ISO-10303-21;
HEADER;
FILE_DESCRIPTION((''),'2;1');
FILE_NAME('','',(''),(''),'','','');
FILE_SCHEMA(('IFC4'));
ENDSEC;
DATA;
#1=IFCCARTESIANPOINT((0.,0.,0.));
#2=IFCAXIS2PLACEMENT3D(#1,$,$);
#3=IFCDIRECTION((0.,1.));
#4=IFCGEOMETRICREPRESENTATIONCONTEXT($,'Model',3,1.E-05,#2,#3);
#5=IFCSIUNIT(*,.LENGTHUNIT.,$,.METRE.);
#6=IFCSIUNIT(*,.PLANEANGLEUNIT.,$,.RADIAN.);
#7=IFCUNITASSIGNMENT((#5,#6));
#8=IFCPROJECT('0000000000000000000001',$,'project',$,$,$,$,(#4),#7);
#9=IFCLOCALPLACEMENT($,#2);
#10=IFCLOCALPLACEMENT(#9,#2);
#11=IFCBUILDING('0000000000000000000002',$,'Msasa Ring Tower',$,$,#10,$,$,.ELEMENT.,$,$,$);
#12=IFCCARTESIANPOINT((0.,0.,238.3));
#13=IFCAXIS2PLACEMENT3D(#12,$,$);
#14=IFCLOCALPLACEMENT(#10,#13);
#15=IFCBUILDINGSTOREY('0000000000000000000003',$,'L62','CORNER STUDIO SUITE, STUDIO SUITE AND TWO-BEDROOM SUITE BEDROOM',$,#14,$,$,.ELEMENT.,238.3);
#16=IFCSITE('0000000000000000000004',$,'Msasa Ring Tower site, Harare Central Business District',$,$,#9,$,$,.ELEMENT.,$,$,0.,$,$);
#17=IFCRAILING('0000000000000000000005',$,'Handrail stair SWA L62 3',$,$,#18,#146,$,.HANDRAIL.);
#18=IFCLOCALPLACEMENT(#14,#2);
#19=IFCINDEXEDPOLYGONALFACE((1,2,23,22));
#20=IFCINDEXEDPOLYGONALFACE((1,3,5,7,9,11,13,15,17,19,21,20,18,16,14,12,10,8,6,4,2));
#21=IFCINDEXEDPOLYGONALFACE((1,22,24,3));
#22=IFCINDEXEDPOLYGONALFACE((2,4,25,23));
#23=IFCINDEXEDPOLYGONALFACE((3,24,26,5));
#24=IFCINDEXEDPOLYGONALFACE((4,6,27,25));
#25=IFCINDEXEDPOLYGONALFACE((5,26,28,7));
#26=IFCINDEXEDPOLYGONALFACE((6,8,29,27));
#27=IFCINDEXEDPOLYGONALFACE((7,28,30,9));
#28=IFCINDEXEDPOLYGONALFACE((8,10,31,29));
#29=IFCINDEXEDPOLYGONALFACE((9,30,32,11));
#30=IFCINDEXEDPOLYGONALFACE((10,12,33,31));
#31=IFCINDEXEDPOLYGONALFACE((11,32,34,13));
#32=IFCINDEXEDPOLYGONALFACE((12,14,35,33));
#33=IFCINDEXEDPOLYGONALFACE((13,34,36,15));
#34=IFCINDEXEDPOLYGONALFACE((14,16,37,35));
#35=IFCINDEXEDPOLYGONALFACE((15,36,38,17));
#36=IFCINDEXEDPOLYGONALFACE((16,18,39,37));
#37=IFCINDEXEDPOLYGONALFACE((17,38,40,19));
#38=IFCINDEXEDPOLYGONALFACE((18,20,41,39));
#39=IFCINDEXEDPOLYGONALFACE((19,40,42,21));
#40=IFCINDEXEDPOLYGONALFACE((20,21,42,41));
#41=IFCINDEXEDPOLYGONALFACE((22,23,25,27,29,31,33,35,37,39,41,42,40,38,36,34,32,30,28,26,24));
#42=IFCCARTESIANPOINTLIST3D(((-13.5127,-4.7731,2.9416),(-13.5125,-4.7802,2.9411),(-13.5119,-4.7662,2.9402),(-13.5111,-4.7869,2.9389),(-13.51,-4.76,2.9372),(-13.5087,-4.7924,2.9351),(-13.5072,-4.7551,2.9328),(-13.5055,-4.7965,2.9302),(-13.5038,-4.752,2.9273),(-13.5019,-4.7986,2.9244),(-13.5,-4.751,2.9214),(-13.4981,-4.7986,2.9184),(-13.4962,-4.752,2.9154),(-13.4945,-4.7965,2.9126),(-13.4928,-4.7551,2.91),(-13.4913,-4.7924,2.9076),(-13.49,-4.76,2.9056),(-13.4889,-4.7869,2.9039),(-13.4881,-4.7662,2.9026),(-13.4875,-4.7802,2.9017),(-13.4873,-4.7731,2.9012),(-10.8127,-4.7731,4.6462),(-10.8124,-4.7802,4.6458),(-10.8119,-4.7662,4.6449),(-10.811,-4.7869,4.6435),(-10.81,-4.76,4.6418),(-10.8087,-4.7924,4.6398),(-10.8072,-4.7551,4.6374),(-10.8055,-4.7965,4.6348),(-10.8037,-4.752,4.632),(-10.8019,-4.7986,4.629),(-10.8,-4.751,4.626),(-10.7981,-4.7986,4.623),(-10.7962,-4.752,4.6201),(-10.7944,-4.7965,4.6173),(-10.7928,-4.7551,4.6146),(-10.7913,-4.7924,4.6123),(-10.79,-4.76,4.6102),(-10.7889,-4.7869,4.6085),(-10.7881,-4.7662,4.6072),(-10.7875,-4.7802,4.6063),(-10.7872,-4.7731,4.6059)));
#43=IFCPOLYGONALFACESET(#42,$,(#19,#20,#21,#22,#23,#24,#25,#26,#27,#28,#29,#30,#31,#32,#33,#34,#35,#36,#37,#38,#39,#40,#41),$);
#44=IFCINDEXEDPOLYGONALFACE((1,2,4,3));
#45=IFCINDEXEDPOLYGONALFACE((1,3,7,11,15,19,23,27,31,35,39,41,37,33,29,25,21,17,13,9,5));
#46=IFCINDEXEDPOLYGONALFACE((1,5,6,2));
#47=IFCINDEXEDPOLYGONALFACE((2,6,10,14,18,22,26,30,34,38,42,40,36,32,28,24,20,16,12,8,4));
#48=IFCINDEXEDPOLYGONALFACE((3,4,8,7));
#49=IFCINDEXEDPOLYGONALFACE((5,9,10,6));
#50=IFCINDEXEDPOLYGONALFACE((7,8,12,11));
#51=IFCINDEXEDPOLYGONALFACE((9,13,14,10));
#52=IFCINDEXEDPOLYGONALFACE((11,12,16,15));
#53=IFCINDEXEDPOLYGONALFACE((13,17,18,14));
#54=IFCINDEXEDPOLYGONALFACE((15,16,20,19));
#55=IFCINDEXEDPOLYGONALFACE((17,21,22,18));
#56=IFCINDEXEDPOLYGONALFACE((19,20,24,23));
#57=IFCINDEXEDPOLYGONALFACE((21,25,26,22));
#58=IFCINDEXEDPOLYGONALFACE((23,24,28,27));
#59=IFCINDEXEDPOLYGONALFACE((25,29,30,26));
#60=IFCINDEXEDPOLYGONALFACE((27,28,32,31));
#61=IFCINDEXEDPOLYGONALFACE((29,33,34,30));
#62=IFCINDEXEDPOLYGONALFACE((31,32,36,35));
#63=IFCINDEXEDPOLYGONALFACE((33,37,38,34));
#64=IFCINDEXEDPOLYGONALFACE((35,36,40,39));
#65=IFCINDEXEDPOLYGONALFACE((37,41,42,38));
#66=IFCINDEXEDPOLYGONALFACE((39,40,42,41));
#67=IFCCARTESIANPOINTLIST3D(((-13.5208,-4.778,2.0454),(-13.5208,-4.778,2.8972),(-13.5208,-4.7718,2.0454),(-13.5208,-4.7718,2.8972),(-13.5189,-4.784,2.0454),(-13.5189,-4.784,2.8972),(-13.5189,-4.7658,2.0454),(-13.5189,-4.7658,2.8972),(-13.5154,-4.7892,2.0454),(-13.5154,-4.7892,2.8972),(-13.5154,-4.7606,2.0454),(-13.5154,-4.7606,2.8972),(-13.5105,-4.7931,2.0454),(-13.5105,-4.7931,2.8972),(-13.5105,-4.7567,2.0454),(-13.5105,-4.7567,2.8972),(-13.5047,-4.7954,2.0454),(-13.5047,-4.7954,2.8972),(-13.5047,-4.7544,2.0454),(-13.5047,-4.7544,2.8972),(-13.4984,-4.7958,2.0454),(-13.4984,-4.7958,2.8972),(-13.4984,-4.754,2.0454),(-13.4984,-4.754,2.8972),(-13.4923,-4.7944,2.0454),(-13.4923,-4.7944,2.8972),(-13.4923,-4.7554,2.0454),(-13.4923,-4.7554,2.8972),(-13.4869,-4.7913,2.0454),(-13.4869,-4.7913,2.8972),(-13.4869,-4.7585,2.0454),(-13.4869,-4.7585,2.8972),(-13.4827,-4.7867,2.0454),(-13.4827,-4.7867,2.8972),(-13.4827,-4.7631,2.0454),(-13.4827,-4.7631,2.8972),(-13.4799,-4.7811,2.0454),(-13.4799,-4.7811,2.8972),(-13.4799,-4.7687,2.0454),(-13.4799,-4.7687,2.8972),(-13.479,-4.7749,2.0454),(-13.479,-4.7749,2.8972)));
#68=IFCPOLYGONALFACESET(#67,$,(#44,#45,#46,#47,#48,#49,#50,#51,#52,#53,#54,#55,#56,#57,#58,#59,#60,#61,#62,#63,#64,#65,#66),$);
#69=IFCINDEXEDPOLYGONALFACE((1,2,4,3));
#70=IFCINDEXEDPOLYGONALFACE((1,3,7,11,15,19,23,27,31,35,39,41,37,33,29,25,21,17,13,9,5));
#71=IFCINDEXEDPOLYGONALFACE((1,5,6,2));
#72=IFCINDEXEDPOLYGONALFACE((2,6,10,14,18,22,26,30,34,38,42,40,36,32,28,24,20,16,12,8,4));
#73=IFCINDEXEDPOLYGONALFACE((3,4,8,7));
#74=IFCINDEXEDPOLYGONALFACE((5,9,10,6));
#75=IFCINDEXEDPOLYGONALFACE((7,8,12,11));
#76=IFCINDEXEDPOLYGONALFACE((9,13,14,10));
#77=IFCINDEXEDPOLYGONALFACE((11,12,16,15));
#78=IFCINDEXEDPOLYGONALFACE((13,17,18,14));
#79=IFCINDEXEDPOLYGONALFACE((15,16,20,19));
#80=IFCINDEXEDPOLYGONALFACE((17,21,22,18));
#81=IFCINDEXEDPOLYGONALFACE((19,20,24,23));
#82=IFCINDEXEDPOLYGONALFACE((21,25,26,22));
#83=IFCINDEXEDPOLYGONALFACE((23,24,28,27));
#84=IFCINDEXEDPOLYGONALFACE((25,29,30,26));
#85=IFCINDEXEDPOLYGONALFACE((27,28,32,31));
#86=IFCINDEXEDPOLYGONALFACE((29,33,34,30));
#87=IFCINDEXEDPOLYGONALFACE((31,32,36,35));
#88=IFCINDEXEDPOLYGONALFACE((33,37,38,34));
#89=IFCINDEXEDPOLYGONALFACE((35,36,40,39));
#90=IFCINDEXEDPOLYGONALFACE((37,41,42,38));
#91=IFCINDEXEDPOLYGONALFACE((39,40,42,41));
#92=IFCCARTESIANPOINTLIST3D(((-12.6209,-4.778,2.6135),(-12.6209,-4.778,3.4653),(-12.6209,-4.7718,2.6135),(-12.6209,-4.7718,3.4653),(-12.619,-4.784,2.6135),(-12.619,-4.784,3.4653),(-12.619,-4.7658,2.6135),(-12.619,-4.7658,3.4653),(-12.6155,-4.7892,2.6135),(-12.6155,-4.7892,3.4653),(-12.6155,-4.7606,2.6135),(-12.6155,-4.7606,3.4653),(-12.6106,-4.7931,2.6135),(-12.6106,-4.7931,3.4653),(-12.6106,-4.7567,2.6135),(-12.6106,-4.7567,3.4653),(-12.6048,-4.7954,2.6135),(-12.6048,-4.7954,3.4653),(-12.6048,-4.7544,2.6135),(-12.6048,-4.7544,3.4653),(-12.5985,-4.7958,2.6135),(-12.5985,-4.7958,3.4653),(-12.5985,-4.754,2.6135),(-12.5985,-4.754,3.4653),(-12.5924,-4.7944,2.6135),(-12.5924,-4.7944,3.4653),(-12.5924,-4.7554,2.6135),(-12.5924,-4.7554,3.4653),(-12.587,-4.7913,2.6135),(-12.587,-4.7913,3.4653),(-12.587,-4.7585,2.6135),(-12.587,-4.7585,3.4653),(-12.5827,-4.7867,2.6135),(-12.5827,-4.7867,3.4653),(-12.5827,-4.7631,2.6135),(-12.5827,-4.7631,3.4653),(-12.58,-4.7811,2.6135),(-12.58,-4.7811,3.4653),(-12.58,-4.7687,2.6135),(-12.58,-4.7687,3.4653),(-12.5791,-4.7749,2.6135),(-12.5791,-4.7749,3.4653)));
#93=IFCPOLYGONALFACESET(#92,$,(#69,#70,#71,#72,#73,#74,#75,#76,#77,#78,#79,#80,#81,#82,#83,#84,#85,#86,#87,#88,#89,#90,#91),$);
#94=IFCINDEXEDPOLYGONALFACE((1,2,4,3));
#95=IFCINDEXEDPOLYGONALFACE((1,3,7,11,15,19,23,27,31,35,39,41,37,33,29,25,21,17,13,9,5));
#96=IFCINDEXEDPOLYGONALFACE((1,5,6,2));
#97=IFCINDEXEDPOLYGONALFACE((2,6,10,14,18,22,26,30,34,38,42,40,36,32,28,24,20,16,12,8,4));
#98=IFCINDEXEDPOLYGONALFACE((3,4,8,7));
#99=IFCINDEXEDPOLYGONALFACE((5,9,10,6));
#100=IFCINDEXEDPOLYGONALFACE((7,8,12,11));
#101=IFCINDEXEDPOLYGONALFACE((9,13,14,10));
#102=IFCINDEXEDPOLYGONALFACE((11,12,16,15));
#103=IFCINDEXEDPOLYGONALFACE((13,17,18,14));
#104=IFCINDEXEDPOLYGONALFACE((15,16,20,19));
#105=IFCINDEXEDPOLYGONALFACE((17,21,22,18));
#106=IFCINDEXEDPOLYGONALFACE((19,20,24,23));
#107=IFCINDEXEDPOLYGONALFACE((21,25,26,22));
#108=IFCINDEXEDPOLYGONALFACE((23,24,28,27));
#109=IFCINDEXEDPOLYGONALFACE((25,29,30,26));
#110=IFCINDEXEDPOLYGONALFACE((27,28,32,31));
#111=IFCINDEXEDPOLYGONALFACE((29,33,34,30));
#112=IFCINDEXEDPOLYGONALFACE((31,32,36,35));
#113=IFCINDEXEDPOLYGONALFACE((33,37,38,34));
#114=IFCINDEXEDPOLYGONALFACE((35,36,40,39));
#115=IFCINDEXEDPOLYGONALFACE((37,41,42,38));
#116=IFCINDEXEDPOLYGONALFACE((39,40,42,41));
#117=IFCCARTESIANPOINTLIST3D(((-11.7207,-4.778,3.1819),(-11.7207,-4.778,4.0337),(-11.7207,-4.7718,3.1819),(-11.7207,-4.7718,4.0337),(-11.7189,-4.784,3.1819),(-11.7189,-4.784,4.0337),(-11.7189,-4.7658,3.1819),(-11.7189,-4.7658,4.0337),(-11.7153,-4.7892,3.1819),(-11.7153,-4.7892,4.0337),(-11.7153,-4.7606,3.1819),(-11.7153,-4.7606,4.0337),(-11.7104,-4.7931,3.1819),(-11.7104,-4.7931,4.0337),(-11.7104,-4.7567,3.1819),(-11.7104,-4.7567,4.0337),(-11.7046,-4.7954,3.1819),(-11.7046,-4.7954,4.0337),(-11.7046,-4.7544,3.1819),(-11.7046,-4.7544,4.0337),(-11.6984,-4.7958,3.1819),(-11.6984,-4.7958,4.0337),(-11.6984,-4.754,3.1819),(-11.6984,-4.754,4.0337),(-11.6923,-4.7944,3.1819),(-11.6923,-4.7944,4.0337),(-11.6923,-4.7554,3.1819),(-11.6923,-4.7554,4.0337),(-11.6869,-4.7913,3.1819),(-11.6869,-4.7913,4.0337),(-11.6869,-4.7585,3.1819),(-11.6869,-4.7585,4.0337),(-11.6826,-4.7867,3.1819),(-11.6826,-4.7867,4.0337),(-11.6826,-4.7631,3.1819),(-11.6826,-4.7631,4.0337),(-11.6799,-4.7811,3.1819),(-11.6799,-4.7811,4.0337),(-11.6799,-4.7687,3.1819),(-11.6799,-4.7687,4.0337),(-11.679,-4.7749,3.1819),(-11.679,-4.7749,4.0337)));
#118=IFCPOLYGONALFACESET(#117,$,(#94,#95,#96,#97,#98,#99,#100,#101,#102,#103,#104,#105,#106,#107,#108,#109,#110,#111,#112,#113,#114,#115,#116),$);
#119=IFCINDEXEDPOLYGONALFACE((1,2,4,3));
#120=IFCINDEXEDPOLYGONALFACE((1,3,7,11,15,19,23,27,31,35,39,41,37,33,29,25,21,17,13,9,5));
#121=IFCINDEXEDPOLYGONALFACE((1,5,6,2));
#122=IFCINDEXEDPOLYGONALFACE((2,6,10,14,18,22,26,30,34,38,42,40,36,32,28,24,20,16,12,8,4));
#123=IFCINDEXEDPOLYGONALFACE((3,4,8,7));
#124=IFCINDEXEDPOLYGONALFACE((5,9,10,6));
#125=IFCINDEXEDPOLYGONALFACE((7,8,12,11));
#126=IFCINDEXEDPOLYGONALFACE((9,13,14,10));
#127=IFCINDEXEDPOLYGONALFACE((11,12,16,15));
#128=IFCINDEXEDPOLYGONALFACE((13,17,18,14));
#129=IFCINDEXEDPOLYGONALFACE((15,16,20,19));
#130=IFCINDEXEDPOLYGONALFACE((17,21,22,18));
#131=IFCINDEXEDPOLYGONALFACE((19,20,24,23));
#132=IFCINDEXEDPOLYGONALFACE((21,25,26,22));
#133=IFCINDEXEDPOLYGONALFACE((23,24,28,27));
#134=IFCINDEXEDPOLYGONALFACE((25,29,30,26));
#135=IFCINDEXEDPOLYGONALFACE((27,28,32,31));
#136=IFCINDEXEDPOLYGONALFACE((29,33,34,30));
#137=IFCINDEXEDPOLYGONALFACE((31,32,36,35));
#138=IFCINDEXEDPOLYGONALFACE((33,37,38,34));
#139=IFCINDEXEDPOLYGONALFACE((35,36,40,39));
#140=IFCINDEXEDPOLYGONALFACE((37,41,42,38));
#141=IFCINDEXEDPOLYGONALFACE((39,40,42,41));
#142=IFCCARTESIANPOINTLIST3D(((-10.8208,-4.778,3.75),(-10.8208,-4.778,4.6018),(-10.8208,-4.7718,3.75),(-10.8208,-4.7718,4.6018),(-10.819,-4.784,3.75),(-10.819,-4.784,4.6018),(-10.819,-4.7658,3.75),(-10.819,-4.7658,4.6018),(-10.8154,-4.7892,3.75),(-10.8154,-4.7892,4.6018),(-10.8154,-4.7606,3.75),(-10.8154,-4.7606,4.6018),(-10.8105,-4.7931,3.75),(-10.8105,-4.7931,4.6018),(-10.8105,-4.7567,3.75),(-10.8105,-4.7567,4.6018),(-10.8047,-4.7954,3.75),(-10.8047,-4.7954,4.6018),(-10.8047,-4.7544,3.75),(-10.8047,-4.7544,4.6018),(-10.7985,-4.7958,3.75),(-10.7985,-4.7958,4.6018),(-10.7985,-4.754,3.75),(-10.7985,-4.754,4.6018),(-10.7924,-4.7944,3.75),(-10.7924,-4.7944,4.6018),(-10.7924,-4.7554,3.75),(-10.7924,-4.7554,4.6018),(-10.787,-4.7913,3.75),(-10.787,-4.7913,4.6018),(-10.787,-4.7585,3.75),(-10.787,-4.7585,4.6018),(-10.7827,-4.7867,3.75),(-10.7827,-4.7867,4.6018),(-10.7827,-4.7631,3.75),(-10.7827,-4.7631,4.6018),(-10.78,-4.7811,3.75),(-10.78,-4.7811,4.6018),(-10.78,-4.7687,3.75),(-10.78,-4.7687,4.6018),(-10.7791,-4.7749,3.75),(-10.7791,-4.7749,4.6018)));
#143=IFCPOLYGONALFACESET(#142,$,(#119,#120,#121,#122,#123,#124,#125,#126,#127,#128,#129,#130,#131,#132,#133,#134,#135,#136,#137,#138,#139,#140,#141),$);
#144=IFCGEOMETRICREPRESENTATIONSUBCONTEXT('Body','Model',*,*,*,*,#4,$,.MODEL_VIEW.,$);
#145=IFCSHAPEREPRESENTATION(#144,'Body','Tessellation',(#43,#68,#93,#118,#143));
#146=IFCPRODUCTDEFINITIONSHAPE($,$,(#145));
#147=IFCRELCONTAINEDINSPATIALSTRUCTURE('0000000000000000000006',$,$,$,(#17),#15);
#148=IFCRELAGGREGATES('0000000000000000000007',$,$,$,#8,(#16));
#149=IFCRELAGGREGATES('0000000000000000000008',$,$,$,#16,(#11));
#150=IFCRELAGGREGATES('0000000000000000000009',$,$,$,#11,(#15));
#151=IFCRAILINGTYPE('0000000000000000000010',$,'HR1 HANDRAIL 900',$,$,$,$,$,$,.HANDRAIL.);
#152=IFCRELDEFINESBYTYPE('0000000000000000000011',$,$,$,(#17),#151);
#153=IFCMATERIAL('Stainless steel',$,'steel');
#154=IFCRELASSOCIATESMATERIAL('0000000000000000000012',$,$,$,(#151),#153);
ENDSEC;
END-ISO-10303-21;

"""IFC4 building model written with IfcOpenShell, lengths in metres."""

from ifc_helpers import new_model, si_unit, direction, frame, origin, origin_2d, place, context, subcontext, project, spatial, circle, extrude, material, type_object, element, save


model = new_model("IFC4")

# Units and contexts
model_context = context("Model", 3, precision=1e-05, world=origin(), true_north=direction((0.0, 1.0)))
body_context = subcontext(model_context, "Body", "Model", "MODEL_VIEW")
ifc_project = project(units=[si_unit("LENGTHUNIT", "METRE"), si_unit("PLANEANGLEUNIT", "RADIAN")], contexts=[model_context])

# Site, building, storey
site_placement = place(None, origin())
site = spatial("IfcSite", under=ifc_project, at=site_placement, Name="Msasa Ring Tower site, Harare Central Business District", CompositionType="ELEMENT", RefElevation=0.0)
building_placement = place(site_placement, origin())
building = spatial("IfcBuilding", under=site, at=building_placement, Name="Msasa Ring Tower", CompositionType="ELEMENT")
storey_placement = place(building_placement, frame((0.0, 0.0, 238.3)))
storey = spatial("IfcBuildingStorey", under=building, at=storey_placement, Name="L62", Description="CORNER STUDIO SUITE, STUDIO SUITE AND TWO-BEDROOM SUITE BEDROOM", CompositionType="ELEMENT", Elevation=238.3)

# Railing
ifc_material_1 = material(Name="Stainless steel", Category="steel")
railing_type = type_object("IfcRailingType", Name="HR1 HANDRAIL 900", PredefinedType="HANDRAIL", material=ifc_material_1)
for number, where, name in (
    (1, (-13.5, -4.7749, 2.0454), "Handrail stair SWA L62 3"),
):
    element("IfcRailing", number, at=place(storey_placement, frame(where)), inside=storey, type_object=railing_type, Name=name, PredefinedType="HANDRAIL", context=body_context, shape_type="SweptSolid", body=[
        extrude(circle(Radius=0.0239, at=origin_2d()), frame((0.0, 0.0, 0.876), z_axis=(0.84558, 0.0, 0.533849), x_axis=(0.0, 1.0, 0.0)), (0.0, 0.0, 1.0), 3.1931),
        extrude(circle(Radius=0.021, at=origin_2d()), origin(), (0.0, 0.0, 1.0), 0.8518),
        extrude(circle(Radius=0.021, at=origin_2d()), frame((0.8999, 0.0, 0.5681)), (0.0, 0.0, 1.0), 0.8518),
        extrude(circle(Radius=0.021, at=origin_2d()), frame((1.8, 0.0, 1.1365)), (0.0, 0.0, 1.0), 0.8518),
        extrude(circle(Radius=0.021, at=origin_2d()), frame((2.7, 0.0, 1.7046)), (0.0, 0.0, 1.0), 0.8518),
    ])

save(model, "model.ifc")
